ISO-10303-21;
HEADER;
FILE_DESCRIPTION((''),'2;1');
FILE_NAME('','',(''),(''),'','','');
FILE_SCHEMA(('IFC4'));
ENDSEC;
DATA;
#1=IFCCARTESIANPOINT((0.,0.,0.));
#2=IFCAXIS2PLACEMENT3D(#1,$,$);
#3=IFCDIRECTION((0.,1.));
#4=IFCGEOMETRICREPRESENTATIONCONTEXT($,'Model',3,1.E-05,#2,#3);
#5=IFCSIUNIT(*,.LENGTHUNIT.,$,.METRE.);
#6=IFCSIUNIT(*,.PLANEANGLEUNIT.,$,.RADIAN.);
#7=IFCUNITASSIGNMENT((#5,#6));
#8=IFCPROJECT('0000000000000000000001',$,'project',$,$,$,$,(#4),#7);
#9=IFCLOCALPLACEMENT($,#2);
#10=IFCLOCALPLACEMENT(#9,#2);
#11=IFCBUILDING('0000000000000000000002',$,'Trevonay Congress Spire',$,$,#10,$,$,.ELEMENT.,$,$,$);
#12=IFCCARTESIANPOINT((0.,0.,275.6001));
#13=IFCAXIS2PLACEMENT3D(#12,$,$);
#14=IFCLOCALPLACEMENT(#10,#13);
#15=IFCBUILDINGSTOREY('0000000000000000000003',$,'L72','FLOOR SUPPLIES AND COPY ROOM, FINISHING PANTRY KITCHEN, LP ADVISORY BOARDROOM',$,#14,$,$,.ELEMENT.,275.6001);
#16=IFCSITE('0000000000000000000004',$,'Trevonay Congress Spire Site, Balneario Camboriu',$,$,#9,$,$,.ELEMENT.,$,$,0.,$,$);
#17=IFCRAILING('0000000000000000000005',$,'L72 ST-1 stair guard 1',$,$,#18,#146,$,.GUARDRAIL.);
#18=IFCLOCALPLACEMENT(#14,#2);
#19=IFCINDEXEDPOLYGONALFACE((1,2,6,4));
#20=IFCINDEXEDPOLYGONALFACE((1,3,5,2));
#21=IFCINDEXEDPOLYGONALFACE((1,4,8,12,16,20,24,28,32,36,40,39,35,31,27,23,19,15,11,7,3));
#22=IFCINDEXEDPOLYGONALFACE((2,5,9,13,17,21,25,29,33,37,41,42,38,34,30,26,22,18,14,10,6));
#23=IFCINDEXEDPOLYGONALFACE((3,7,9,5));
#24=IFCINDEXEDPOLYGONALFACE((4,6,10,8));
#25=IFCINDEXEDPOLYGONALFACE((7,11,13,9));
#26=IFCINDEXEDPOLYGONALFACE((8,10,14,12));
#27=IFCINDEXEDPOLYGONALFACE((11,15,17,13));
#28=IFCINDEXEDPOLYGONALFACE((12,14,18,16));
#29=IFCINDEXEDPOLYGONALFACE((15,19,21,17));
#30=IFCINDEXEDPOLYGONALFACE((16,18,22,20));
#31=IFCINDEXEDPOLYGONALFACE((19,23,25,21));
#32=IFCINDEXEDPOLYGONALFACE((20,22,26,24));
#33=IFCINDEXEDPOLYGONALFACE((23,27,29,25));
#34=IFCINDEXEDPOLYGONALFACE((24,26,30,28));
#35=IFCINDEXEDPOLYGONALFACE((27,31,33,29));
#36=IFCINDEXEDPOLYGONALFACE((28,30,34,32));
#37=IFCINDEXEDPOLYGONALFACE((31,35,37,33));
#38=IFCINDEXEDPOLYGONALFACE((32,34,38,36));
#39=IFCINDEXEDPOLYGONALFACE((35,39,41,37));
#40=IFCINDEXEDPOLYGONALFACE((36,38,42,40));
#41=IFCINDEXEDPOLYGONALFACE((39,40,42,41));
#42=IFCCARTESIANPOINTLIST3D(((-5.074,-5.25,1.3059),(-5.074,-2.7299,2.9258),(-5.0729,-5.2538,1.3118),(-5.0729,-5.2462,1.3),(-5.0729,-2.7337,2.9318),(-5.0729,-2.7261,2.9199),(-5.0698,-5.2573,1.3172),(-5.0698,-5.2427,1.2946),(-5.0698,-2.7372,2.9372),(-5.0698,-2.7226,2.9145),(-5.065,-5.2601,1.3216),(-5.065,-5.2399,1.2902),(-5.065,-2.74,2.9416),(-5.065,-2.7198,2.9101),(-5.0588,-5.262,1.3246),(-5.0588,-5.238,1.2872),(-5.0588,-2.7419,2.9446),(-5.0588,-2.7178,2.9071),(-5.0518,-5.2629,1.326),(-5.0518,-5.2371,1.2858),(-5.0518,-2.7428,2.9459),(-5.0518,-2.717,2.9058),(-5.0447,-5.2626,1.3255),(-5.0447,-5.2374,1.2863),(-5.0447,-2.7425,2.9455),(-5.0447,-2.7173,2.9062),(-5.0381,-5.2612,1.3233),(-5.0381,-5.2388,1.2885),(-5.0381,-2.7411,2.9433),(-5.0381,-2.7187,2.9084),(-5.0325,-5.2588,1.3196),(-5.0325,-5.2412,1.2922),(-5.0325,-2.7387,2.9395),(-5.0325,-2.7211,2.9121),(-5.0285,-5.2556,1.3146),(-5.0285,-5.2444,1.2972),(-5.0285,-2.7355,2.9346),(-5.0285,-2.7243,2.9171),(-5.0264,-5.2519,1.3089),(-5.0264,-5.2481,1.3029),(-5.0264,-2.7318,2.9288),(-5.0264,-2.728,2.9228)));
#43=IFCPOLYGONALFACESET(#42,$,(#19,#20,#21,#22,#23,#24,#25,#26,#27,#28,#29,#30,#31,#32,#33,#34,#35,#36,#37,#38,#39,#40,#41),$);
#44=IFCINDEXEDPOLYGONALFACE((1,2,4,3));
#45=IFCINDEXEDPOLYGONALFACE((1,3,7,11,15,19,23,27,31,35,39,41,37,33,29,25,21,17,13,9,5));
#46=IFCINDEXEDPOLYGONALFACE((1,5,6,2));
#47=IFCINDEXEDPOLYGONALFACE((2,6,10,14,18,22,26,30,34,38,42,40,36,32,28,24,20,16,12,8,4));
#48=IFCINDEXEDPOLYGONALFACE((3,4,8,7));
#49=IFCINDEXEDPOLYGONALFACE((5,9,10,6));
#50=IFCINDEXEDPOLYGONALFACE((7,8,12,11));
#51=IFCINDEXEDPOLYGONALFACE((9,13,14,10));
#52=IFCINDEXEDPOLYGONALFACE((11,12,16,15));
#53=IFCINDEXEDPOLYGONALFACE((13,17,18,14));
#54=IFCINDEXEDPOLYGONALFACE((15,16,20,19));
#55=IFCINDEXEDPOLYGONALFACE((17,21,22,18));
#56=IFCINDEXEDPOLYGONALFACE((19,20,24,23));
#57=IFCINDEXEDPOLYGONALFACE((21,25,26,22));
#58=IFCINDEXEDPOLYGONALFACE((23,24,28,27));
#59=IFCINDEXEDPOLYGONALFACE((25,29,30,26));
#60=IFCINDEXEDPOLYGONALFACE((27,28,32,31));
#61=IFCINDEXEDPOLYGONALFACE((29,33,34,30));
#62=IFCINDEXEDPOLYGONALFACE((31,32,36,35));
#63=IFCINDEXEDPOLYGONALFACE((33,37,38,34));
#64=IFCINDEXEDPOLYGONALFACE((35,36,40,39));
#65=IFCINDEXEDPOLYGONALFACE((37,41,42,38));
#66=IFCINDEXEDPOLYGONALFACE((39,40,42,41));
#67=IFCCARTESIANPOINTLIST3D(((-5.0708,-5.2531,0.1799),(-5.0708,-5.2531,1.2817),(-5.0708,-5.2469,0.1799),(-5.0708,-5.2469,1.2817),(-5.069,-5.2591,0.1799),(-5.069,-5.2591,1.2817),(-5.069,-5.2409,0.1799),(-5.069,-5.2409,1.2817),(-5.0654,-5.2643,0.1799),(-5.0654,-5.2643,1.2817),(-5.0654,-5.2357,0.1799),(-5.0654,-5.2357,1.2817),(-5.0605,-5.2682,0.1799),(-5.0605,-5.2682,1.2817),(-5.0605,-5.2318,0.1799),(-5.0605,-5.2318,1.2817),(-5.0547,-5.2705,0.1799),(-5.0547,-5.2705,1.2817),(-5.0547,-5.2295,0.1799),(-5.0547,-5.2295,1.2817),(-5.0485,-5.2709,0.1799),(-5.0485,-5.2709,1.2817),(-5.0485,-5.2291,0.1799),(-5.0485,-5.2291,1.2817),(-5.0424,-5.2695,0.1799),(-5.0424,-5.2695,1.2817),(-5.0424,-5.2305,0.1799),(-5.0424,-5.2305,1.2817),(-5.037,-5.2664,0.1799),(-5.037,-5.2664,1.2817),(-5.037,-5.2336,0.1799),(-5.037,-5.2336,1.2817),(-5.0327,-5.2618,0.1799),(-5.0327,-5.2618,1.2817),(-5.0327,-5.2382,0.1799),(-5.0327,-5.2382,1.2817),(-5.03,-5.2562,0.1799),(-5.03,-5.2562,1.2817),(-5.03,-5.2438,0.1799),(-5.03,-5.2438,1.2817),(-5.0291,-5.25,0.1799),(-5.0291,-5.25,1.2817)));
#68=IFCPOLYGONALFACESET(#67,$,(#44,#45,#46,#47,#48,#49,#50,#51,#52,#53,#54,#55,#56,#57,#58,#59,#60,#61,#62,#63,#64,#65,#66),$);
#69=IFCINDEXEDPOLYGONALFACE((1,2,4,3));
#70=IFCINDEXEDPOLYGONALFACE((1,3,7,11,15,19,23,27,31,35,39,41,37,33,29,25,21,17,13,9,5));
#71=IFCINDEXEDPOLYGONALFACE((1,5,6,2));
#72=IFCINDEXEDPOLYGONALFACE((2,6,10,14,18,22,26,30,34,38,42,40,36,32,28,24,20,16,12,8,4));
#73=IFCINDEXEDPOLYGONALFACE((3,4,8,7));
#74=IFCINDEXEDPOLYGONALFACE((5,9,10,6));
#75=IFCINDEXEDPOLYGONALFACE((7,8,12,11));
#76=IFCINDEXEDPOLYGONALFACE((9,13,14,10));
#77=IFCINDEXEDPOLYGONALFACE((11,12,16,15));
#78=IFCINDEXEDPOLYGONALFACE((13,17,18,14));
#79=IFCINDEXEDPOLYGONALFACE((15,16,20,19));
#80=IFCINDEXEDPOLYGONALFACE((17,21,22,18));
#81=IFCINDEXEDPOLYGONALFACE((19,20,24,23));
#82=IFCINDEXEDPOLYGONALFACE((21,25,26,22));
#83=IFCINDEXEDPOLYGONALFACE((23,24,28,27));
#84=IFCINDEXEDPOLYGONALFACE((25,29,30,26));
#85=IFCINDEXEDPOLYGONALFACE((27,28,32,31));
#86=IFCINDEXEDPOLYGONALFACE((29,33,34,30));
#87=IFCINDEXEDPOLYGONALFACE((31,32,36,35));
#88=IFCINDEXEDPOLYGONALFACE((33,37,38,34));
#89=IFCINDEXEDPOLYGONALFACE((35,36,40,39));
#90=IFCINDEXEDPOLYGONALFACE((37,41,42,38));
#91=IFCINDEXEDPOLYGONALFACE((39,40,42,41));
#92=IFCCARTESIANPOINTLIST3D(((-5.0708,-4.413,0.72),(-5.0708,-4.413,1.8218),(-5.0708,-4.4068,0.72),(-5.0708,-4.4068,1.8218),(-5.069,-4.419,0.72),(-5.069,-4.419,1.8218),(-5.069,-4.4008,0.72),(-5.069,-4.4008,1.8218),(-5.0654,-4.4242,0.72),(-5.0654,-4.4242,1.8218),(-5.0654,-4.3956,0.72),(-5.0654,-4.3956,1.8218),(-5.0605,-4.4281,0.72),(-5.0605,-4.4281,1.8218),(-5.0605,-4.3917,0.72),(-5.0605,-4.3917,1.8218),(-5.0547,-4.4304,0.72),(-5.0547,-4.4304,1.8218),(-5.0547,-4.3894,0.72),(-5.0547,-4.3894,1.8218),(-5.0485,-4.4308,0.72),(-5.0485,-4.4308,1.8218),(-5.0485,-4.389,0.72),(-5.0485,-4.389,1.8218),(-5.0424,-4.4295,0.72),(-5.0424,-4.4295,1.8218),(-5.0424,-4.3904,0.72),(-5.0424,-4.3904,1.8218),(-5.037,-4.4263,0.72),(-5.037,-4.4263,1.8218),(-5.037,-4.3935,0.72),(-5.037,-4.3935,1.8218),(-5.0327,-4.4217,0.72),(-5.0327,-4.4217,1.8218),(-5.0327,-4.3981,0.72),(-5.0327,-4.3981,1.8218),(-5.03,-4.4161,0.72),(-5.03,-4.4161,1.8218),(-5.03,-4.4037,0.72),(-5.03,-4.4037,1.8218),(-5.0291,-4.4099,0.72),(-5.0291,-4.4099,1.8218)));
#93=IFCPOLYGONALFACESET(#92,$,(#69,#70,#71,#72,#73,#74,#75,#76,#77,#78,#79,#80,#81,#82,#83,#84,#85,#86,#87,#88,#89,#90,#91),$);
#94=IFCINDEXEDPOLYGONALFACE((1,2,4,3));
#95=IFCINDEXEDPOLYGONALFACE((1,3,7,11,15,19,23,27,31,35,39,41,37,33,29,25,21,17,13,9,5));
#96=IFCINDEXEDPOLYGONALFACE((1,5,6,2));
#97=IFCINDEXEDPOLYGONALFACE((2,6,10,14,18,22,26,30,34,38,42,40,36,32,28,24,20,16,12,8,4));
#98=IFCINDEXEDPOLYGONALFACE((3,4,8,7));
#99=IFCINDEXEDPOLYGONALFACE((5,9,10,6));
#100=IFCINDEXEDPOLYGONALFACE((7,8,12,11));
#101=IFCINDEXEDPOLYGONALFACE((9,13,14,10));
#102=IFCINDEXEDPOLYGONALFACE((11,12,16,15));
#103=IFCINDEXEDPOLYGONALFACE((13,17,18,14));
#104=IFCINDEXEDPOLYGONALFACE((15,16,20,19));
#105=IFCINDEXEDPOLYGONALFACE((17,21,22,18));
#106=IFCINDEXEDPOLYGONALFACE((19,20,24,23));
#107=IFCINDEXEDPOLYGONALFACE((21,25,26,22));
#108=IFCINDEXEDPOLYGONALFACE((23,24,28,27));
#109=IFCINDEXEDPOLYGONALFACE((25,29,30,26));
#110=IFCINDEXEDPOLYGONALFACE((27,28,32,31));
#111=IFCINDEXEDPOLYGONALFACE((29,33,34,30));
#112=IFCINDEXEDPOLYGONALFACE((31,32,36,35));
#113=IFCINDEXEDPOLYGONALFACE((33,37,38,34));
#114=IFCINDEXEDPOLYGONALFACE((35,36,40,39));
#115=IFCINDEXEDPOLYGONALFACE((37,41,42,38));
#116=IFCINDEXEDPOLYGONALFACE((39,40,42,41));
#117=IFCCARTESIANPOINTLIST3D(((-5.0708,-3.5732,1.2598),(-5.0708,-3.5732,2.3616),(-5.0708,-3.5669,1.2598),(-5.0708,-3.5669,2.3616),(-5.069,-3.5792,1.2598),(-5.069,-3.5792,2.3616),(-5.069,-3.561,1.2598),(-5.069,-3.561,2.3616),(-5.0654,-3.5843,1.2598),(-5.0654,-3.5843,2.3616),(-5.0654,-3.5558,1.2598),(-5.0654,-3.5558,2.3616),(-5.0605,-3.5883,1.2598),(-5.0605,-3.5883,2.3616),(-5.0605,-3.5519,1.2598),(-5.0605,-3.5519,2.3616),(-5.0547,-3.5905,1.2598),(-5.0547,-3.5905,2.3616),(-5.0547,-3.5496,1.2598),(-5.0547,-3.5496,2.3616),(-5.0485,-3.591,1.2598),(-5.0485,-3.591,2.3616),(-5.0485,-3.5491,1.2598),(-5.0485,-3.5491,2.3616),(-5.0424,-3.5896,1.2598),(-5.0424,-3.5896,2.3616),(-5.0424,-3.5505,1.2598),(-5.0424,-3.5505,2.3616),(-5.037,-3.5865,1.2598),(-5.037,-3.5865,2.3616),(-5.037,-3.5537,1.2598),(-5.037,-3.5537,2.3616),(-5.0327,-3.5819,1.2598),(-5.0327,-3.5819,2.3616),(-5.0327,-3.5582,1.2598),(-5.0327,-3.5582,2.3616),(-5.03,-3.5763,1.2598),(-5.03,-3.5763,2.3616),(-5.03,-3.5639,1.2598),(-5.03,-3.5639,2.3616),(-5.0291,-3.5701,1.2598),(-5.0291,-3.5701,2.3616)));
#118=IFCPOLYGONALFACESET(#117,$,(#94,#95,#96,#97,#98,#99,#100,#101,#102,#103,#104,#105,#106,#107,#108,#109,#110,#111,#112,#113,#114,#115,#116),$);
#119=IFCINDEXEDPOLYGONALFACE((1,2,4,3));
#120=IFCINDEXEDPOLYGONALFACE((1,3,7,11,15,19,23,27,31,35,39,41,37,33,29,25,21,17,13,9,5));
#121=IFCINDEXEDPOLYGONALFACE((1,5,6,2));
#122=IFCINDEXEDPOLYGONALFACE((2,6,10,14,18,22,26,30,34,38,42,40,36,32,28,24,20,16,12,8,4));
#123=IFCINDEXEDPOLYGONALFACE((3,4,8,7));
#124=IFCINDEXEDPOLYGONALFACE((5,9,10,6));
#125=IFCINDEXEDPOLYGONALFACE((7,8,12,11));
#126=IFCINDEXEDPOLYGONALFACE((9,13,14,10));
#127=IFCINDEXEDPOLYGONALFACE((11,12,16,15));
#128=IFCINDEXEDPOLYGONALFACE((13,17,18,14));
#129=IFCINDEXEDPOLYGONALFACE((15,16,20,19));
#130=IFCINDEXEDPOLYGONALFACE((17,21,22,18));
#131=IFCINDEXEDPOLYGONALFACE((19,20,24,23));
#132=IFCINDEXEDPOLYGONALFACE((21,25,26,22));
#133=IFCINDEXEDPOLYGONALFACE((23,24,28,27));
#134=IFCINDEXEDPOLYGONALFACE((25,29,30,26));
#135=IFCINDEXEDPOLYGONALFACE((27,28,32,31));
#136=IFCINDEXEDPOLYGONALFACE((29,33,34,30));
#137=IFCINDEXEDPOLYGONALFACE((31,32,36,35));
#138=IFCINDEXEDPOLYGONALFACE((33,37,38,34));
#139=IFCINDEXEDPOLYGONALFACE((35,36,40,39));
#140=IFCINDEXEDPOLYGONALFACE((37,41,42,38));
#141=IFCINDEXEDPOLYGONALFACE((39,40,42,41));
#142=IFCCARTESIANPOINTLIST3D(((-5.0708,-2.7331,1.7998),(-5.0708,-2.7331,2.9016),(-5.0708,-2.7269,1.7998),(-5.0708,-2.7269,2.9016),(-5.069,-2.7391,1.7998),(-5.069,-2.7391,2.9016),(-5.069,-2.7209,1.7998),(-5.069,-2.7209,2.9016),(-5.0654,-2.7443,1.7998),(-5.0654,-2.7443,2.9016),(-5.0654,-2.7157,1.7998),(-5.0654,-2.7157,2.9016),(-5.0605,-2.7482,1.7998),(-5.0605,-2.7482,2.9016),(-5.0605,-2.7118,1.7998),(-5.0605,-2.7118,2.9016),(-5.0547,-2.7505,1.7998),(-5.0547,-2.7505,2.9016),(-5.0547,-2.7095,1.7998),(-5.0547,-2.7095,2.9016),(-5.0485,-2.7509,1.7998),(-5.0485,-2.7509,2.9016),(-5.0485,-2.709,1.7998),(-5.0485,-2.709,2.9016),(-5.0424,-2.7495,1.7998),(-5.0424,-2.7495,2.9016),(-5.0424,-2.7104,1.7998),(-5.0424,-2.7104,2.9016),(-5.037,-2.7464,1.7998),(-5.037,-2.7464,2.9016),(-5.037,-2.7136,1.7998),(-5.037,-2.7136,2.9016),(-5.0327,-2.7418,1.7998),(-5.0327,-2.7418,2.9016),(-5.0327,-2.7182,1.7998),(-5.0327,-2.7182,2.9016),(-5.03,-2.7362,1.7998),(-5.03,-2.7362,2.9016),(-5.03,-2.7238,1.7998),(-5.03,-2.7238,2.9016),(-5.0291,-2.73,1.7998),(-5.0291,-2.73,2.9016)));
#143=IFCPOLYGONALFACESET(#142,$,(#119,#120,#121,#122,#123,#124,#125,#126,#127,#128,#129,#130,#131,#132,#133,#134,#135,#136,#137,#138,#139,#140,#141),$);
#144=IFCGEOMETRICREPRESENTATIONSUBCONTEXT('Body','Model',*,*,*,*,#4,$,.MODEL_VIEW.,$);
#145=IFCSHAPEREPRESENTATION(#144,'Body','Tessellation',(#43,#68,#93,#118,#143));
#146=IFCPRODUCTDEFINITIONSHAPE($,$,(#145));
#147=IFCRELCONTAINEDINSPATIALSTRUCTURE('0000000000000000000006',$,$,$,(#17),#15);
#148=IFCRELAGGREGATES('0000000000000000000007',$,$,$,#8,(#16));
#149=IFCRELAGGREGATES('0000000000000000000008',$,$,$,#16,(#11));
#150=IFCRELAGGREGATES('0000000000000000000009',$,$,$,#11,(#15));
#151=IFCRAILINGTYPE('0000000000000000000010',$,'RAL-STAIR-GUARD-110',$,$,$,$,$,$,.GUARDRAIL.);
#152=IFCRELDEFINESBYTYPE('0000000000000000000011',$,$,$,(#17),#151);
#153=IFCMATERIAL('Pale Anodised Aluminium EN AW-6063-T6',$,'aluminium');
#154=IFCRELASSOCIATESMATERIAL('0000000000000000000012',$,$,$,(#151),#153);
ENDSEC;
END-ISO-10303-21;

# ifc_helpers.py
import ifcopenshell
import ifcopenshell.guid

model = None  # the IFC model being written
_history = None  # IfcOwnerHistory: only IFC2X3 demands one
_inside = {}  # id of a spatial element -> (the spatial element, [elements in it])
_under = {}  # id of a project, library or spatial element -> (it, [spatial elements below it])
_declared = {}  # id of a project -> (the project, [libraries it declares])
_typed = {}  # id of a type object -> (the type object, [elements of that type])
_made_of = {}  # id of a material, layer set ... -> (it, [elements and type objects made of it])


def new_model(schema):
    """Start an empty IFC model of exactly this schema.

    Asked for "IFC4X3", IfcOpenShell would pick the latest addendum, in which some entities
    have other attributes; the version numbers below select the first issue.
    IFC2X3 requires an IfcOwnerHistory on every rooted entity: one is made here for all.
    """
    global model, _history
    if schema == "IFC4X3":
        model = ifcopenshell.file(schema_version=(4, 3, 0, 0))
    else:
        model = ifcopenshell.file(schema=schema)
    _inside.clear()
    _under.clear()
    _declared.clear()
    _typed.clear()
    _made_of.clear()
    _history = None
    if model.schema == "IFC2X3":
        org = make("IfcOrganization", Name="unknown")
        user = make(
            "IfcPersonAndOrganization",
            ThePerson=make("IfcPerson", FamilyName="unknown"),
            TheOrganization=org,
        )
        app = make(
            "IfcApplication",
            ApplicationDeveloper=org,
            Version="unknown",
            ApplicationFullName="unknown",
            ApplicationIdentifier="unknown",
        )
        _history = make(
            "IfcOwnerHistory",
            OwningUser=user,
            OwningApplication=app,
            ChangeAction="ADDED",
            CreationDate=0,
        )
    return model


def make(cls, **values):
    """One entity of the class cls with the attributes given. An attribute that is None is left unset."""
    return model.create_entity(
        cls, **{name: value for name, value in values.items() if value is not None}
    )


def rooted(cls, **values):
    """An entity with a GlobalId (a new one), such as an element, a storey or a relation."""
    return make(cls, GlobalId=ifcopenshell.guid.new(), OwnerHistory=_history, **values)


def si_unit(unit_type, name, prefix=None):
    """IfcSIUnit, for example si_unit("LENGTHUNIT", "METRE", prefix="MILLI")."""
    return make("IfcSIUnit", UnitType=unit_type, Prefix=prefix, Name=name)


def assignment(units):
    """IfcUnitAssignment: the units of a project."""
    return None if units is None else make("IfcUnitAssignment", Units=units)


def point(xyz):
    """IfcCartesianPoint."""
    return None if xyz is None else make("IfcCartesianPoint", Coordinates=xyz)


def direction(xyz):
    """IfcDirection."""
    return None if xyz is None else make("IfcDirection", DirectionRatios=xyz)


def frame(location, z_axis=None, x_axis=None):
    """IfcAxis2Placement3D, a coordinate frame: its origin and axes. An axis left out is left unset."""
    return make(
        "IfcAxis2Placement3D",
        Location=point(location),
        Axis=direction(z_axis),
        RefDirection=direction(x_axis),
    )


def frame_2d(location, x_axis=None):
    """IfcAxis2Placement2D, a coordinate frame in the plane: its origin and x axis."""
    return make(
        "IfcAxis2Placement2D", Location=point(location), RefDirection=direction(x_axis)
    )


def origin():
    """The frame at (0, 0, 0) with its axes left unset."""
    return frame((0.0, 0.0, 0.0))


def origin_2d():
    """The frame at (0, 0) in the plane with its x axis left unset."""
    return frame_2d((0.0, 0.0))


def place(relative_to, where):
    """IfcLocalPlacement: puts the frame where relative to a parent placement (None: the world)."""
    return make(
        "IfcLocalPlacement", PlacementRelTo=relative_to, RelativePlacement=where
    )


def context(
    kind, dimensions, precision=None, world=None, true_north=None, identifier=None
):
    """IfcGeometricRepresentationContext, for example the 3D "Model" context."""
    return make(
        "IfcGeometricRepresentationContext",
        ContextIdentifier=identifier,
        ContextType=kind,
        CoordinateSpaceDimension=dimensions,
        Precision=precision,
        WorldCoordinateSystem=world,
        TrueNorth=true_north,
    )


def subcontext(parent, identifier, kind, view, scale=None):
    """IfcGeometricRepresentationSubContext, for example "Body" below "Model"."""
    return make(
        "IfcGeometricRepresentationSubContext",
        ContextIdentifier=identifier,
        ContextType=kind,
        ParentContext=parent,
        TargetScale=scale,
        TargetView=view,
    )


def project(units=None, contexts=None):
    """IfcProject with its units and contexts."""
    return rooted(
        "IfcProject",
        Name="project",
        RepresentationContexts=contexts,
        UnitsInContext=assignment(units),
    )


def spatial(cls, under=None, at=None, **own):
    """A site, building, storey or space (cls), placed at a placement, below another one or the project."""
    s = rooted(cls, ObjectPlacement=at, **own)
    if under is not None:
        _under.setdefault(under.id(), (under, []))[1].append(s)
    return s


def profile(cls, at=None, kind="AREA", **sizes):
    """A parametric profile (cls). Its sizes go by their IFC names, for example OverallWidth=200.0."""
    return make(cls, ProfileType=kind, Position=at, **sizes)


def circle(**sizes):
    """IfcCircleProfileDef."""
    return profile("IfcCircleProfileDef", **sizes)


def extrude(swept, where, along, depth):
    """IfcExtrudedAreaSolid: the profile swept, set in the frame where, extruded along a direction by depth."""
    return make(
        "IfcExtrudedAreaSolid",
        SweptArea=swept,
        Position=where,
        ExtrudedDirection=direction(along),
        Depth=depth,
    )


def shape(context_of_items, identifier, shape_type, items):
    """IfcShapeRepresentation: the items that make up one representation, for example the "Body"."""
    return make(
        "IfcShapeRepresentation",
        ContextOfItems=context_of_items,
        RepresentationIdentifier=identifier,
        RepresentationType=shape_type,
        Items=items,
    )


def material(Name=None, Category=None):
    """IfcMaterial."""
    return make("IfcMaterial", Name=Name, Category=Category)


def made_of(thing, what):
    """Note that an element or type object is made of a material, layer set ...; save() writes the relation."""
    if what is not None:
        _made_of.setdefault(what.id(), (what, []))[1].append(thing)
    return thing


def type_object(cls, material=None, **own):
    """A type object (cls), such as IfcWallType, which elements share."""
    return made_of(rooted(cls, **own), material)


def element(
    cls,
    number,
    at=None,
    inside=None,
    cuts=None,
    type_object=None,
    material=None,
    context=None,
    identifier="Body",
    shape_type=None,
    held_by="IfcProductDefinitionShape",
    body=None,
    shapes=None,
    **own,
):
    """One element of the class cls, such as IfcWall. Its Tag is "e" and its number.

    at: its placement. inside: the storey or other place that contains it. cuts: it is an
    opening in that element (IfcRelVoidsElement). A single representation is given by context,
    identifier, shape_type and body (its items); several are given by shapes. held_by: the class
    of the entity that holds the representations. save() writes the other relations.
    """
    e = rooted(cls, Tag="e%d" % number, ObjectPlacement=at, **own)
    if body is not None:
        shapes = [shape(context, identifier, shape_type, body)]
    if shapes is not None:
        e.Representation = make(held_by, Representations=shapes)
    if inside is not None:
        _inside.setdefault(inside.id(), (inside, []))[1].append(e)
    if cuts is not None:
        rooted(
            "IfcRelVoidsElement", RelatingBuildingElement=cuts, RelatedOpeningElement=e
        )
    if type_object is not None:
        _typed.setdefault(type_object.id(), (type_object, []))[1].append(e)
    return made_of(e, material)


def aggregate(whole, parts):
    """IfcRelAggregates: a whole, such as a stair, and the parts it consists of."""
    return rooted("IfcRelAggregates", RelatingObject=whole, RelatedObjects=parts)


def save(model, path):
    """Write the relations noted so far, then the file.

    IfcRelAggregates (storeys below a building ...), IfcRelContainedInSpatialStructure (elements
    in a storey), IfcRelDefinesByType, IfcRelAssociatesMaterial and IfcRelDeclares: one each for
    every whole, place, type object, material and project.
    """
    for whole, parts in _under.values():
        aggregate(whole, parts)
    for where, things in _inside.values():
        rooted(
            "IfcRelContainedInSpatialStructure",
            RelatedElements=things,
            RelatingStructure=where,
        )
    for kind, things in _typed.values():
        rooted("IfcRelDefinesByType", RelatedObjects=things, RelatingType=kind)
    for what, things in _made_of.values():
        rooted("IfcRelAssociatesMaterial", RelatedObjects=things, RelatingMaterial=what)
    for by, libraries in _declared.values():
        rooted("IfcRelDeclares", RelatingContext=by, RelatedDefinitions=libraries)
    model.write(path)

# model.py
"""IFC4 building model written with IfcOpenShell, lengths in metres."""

from ifc_helpers import new_model, si_unit, direction, frame, origin, origin_2d, place, context, subcontext, project, spatial, circle, extrude, material, type_object, element, save


model = new_model("IFC4")

# Units and contexts
model_context = context("Model", 3, precision=1e-05, world=origin(), true_north=direction((0.0, 1.0)))
body_context = subcontext(model_context, "Body", "Model", "MODEL_VIEW")
ifc_project = project(units=[si_unit("LENGTHUNIT", "METRE"), si_unit("PLANEANGLEUNIT", "RADIAN")], contexts=[model_context])

# Site, building, storey
site_placement = place(None, origin())
site = spatial("IfcSite", under=ifc_project, at=site_placement, Name="Trevonay Congress Spire Site, Balneario Camboriu", CompositionType="ELEMENT", RefElevation=0.0)
building_placement = place(site_placement, origin())
building = spatial("IfcBuilding", under=site, at=building_placement, Name="Trevonay Congress Spire", CompositionType="ELEMENT")
storey_placement = place(building_placement, frame((0.0, 0.0, 275.6001)))
storey = spatial("IfcBuildingStorey", under=building, at=storey_placement, Name="L72", Description="FLOOR SUPPLIES AND COPY ROOM, FINISHING PANTRY KITCHEN, LP ADVISORY BOARDROOM", CompositionType="ELEMENT", Elevation=275.6001)

# Railing
ifc_material_1 = material(Name="Pale Anodised Aluminium EN AW-6063-T6", Category="aluminium")
railing_type_1 = type_object("IfcRailingType", Name="RAL-STAIR-GUARD-110", PredefinedType="GUARDRAIL", material=ifc_material_1)
railing_1_placement = place(storey_placement, frame((-5.05, -5.25, 0.1799)))
element("IfcRailing", 1, at=railing_1_placement, inside=storey, type_object=railing_type_1, Name="L72 ST-1 stair guard 1", PredefinedType="GUARDRAIL", context=body_context, shape_type="SweptSolid", body=[
    extrude(circle(Radius=0.0239, at=origin_2d()), frame((0.0, 0.0, 1.126), z_axis=(0.0, 0.8412, 0.540725), x_axis=(-1.0, 0.0, 0.0)), (0.0, 0.0, 1.0), 2.9958),
    extrude(circle(Radius=0.021, at=origin_2d()), origin(), (0.0, 0.0, 1.0), 1.1018),
    extrude(circle(Radius=0.021, at=origin_2d()), frame((0.0, 0.8401, 0.54)), (0.0, 0.0, 1.0), 1.1018),
    extrude(circle(Radius=0.021, at=origin_2d()), frame((0.0, 1.6799, 1.0798)), (0.0, 0.0, 1.0), 1.1018),
    extrude(circle(Radius=0.021, at=origin_2d()), frame((0.0, 2.52, 1.6199)), (0.0, 0.0, 1.0), 1.1018),
])

save(model, "model.ifc")
